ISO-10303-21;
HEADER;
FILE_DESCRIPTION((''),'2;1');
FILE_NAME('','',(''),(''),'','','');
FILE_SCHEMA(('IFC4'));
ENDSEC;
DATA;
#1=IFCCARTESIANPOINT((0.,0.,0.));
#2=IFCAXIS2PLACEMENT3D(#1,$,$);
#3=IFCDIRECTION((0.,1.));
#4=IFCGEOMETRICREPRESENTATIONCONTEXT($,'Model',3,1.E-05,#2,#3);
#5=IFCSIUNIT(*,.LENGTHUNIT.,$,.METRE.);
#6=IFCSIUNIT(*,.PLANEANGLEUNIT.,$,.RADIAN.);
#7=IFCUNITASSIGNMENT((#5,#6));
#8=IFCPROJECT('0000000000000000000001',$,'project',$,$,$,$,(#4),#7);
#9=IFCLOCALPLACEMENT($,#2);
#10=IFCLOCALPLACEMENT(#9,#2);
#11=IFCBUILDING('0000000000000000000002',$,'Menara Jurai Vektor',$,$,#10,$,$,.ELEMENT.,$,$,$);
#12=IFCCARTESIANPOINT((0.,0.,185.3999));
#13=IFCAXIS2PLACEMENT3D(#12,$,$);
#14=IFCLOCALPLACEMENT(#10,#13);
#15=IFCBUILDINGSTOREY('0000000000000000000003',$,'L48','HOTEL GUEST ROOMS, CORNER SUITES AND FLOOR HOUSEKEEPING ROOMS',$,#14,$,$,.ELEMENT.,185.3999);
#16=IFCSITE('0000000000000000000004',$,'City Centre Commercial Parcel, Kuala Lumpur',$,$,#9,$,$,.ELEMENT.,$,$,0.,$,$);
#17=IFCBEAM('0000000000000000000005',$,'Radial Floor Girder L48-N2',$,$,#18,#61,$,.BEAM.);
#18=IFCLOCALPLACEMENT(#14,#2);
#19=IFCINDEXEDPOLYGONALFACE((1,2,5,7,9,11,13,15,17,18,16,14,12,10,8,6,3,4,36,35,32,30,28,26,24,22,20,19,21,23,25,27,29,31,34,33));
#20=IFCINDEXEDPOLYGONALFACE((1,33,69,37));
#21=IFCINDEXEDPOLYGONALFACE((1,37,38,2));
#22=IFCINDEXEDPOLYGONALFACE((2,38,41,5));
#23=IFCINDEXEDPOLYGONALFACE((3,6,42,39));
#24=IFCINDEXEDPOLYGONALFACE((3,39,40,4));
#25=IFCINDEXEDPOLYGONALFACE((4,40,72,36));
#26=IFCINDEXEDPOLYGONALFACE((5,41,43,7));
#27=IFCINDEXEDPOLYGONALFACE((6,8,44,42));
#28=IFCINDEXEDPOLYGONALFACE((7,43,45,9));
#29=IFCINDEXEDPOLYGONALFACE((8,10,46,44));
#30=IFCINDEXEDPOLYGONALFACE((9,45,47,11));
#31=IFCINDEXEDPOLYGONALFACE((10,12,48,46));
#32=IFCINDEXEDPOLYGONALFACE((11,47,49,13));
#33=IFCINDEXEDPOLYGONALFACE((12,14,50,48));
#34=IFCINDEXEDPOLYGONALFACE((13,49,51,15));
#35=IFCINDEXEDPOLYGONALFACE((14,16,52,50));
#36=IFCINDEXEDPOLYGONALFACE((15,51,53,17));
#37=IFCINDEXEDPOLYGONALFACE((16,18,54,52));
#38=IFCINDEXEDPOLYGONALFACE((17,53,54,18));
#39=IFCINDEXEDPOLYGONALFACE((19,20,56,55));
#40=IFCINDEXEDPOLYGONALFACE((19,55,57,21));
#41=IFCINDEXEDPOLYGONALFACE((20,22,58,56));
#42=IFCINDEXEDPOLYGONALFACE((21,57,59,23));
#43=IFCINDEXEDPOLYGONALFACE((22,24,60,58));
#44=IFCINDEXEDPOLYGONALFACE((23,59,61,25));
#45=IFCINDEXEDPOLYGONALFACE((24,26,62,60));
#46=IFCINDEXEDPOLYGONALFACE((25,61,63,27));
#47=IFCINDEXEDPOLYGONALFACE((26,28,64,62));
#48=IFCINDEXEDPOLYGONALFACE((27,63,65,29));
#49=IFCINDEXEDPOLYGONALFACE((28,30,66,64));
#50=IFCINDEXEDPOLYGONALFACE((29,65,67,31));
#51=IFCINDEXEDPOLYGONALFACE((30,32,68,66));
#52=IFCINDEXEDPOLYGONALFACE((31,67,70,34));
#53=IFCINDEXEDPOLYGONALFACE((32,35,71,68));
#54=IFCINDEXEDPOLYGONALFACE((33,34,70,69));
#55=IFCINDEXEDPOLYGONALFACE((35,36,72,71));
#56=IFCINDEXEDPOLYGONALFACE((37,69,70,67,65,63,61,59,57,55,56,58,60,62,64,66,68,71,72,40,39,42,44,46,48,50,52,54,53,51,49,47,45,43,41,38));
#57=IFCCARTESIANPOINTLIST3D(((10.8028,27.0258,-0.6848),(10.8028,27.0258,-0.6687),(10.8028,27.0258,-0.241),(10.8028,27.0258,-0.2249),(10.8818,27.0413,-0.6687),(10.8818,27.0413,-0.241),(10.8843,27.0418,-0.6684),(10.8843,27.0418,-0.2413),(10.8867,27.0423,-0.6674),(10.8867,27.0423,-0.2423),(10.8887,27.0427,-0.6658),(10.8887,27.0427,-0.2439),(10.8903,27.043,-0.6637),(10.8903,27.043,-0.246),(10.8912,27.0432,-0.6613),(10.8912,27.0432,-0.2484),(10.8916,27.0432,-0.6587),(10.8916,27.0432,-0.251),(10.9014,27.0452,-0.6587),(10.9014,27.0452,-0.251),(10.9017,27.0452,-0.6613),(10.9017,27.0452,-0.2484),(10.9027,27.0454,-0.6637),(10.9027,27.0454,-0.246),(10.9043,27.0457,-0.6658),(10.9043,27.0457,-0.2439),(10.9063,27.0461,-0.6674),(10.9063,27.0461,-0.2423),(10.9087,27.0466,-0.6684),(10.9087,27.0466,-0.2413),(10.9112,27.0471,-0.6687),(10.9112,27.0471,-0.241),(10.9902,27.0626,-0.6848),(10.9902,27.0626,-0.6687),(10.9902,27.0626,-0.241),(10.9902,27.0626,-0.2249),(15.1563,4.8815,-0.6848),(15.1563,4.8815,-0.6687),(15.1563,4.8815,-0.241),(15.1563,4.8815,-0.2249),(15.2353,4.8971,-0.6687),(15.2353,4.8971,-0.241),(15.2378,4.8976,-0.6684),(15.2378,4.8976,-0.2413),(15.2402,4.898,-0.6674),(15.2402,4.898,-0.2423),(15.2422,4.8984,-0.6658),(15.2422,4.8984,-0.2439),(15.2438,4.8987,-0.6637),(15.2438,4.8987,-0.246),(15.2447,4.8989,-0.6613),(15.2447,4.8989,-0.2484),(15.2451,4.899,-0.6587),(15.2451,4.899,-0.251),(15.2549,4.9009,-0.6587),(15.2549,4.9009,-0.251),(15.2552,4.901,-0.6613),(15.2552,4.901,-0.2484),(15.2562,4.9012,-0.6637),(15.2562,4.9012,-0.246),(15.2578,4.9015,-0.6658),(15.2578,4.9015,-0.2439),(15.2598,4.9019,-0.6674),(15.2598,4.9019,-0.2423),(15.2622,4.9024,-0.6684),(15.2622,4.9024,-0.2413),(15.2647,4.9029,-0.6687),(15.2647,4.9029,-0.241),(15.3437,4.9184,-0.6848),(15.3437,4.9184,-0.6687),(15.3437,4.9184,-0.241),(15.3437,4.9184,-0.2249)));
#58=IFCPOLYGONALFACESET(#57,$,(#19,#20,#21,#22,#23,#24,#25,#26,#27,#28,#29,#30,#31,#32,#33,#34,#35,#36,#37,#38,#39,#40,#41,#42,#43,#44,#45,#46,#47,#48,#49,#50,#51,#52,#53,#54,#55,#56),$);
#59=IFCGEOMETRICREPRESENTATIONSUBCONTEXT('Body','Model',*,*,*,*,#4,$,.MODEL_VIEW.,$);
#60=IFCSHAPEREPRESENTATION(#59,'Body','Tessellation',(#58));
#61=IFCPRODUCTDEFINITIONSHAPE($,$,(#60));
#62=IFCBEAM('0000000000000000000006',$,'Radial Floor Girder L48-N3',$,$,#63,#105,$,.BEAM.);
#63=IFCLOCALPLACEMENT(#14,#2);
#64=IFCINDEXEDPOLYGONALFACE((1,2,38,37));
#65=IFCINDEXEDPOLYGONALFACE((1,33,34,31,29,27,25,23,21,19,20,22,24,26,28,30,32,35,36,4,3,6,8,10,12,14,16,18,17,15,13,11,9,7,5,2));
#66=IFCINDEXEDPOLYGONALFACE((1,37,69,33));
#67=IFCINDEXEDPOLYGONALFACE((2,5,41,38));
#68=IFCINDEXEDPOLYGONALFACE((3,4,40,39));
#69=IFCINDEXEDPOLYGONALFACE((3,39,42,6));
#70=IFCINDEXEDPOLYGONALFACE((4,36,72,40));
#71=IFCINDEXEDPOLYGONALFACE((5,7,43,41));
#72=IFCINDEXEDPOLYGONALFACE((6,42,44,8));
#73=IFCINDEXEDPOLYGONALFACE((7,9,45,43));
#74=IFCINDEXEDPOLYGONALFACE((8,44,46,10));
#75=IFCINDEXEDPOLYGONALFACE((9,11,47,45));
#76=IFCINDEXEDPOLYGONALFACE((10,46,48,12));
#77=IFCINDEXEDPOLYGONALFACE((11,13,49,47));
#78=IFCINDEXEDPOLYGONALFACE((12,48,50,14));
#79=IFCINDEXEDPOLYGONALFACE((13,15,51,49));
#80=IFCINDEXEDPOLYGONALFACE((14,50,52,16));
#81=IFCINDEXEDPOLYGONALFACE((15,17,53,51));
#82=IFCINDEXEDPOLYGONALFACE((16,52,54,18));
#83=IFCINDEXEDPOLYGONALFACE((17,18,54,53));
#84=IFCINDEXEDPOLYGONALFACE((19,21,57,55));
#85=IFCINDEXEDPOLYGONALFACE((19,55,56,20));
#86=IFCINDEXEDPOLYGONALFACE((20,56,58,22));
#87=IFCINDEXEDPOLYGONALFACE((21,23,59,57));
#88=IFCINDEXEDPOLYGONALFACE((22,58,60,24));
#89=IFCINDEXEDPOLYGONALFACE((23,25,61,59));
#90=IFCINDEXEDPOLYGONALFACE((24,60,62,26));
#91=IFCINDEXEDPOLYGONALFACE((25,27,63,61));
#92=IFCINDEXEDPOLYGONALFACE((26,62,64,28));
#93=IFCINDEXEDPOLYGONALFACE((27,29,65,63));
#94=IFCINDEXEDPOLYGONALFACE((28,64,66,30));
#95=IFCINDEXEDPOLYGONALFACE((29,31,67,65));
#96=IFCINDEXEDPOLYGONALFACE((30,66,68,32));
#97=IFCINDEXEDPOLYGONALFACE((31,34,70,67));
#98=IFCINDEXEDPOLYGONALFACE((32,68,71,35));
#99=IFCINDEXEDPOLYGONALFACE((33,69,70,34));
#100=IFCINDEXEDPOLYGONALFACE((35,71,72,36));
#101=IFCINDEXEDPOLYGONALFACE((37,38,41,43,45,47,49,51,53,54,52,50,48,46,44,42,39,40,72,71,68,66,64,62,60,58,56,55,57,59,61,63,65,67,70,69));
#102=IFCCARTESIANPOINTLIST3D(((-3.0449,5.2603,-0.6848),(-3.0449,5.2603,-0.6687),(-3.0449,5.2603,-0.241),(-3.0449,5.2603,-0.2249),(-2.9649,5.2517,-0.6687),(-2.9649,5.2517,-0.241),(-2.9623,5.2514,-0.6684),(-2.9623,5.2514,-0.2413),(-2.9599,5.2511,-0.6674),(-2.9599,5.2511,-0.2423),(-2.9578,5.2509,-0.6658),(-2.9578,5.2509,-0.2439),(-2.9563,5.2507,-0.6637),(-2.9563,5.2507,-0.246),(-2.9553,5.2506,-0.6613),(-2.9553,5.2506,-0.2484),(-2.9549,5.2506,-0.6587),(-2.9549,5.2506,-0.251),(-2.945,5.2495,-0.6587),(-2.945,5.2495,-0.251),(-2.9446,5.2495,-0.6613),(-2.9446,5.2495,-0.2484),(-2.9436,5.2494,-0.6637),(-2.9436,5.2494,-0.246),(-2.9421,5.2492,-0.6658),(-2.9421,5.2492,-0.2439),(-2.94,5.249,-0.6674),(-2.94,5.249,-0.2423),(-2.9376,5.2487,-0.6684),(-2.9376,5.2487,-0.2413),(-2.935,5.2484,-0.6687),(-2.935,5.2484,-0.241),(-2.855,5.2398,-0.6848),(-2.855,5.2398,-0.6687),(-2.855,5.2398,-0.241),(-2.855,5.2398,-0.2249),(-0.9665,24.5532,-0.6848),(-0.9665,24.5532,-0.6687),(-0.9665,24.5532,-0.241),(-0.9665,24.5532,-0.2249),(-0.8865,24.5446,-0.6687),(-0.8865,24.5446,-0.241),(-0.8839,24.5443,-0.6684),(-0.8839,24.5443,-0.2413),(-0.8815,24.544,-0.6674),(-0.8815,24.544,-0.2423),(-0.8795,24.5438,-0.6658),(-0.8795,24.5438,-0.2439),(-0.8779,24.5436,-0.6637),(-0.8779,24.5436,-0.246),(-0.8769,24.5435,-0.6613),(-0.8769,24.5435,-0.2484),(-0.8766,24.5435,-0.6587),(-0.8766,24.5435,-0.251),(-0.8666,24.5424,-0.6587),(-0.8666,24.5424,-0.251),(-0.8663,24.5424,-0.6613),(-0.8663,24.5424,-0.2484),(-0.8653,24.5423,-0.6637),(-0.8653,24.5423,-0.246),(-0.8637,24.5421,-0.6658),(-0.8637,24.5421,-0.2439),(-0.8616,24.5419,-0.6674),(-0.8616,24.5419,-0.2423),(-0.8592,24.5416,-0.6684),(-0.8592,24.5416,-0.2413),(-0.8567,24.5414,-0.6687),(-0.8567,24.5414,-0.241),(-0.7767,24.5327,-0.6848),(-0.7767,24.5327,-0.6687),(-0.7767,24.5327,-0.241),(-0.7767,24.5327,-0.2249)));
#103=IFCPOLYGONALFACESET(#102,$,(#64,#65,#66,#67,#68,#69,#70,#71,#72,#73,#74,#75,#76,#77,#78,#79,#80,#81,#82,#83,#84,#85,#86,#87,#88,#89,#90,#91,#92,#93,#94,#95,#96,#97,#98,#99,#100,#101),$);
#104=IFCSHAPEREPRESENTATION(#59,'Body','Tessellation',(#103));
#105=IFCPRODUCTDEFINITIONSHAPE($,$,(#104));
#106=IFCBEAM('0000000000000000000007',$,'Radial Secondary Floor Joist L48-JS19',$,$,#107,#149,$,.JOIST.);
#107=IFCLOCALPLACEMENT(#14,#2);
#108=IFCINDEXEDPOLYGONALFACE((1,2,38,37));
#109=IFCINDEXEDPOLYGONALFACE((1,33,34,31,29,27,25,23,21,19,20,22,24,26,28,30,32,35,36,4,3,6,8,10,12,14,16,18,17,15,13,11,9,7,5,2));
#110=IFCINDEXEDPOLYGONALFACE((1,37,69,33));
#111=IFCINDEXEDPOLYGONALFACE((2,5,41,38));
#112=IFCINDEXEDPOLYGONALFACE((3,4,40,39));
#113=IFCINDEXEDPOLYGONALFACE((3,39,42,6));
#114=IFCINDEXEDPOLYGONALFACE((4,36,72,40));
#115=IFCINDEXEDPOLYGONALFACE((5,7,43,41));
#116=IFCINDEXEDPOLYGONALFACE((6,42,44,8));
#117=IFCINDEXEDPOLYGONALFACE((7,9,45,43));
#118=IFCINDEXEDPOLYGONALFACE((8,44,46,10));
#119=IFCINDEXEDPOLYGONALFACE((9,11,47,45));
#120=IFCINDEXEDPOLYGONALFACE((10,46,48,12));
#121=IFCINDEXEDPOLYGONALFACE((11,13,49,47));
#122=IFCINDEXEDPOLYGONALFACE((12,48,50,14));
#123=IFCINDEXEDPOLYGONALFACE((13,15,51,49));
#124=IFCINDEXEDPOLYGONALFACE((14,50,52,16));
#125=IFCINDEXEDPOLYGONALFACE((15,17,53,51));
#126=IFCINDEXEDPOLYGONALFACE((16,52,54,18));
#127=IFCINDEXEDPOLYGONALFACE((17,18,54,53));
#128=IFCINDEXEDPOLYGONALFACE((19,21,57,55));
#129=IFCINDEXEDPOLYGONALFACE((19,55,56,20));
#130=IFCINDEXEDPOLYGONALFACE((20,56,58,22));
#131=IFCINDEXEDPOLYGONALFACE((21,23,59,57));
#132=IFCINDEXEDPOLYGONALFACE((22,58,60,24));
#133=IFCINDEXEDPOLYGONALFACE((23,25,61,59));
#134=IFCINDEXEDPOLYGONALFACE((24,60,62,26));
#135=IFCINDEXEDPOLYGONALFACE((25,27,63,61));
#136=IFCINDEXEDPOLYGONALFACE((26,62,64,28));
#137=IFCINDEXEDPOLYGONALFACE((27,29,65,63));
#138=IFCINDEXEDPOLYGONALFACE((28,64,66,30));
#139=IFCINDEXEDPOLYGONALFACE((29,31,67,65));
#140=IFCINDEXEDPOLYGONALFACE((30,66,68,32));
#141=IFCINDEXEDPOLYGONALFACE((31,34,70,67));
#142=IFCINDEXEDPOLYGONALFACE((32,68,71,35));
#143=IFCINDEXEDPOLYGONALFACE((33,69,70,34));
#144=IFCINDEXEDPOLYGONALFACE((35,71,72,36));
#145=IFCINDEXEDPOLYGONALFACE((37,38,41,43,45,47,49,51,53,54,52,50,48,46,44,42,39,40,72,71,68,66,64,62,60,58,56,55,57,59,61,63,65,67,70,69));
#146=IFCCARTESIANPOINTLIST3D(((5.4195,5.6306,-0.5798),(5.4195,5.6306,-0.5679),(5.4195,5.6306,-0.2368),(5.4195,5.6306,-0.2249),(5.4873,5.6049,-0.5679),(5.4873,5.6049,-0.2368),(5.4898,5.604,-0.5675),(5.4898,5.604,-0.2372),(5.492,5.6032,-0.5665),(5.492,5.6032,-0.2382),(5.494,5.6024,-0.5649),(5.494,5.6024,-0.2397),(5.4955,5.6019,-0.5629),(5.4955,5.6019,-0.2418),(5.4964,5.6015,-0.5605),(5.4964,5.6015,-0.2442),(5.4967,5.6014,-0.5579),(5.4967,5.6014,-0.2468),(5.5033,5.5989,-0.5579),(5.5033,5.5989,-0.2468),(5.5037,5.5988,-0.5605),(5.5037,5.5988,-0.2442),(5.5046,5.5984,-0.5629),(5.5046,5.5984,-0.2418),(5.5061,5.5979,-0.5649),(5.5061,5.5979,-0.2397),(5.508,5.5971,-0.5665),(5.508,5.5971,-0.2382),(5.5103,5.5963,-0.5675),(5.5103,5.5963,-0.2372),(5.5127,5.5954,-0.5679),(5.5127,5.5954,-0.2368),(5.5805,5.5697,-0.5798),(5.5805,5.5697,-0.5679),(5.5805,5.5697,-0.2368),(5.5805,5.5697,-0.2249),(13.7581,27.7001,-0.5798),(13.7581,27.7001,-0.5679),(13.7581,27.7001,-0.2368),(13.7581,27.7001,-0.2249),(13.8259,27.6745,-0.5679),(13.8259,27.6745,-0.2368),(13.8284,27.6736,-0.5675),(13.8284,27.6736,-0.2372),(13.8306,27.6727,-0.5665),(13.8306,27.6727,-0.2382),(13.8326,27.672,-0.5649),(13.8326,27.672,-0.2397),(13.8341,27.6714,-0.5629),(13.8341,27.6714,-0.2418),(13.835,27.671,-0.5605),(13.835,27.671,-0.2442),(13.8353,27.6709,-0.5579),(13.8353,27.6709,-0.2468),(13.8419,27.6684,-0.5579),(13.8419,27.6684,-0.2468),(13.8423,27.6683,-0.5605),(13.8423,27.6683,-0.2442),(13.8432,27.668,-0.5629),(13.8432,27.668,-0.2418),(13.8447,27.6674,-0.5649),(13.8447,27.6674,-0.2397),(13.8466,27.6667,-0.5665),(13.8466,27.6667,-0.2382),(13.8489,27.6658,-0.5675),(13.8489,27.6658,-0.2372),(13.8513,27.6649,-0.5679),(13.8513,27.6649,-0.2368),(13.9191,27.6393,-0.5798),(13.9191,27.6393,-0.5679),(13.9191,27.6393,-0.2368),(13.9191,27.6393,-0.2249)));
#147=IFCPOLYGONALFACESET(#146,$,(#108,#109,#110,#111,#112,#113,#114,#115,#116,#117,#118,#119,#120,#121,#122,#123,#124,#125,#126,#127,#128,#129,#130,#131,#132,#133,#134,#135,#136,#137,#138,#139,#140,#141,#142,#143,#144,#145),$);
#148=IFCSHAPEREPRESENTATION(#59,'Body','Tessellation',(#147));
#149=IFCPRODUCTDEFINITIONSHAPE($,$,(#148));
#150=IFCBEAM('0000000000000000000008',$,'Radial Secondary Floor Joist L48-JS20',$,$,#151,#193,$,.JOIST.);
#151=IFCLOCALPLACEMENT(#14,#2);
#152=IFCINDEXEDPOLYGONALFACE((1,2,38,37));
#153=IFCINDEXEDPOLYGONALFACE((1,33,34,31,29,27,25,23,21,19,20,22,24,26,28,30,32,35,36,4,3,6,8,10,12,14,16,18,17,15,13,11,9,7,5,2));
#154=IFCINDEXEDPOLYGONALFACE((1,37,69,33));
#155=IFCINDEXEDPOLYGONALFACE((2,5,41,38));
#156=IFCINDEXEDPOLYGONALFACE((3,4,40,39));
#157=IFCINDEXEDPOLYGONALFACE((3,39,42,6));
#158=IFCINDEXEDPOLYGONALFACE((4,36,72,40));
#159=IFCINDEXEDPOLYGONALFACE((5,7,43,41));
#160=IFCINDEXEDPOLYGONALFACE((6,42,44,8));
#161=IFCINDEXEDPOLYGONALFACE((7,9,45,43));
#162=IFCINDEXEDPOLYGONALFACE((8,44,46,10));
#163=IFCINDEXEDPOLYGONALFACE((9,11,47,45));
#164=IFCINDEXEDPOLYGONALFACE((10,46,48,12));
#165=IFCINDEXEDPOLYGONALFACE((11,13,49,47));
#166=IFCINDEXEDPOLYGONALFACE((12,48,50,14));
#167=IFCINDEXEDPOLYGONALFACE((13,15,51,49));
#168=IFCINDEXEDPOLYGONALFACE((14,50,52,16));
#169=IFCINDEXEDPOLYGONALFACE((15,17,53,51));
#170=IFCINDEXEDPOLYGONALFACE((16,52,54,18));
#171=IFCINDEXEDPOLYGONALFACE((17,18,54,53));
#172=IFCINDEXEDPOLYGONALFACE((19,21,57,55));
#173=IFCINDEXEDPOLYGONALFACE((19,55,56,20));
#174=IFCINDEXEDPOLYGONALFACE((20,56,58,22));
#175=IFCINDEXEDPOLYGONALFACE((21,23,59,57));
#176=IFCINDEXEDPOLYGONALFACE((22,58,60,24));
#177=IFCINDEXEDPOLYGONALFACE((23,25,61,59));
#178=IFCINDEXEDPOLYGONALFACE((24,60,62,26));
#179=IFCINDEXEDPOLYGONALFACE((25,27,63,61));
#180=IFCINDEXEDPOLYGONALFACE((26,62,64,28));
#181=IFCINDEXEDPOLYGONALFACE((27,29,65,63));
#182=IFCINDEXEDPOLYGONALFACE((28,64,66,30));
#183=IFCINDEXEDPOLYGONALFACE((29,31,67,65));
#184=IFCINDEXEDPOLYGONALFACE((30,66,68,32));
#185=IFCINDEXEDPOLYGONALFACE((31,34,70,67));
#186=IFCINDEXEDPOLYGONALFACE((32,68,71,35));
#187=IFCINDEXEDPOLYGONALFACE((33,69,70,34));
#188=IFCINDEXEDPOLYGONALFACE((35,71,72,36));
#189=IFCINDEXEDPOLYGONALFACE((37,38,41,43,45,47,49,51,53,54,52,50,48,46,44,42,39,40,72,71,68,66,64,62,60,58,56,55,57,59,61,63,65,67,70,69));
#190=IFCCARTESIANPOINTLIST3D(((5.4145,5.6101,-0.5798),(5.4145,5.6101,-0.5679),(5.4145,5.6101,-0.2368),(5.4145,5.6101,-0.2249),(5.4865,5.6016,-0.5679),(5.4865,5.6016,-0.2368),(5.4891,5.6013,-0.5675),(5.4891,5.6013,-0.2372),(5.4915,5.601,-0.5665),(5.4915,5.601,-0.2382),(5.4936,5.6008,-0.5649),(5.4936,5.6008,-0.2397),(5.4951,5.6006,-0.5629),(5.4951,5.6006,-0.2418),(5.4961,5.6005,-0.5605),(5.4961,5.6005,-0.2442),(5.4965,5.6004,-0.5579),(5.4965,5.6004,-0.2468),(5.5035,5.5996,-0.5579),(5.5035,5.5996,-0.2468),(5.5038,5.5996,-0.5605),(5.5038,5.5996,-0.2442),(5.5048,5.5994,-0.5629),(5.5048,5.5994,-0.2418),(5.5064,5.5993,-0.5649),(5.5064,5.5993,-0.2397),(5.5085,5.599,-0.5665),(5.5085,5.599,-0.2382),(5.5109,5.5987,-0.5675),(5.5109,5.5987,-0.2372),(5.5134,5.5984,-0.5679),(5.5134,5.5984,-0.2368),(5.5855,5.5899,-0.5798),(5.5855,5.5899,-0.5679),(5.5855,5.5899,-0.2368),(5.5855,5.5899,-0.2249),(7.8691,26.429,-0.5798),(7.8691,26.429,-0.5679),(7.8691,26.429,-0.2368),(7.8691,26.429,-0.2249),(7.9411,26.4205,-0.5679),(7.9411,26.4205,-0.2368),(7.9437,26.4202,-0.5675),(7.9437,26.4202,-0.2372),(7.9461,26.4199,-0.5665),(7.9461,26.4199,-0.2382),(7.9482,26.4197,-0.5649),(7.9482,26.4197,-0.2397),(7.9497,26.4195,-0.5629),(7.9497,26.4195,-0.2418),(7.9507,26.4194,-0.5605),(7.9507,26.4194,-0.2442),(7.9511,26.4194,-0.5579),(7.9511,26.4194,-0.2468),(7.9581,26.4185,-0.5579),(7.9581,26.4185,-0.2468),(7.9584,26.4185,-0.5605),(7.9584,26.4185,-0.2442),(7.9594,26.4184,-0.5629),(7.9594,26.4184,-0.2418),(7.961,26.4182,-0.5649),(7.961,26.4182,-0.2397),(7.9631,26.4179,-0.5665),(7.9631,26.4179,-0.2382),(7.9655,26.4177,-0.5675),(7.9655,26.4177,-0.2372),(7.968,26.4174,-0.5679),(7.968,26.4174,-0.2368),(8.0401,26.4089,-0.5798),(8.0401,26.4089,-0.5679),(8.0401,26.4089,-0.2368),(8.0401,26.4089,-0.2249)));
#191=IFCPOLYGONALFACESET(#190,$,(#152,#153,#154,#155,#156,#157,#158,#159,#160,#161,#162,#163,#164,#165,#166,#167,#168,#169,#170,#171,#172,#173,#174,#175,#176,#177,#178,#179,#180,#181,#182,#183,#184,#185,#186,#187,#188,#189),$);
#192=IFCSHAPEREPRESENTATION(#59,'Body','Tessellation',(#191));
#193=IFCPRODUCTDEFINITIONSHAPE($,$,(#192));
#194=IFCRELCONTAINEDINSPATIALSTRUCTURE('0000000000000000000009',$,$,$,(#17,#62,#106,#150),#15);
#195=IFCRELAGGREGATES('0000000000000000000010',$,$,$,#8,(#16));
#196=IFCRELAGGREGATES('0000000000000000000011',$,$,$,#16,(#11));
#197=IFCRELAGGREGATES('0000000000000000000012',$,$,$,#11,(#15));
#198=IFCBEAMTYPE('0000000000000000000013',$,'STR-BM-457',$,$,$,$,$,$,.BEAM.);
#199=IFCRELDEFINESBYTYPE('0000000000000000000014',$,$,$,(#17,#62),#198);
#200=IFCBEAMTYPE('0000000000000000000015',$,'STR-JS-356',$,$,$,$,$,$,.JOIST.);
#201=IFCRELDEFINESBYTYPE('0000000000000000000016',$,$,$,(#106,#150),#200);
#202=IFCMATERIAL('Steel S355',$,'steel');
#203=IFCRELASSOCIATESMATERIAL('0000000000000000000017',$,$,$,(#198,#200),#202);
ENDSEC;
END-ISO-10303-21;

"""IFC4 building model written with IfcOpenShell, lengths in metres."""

from ifc_helpers import new_model, si_unit, direction, frame, origin, origin_2d, place, context, subcontext, project, spatial, i_section, extrude, material, material_profile, profile_set, type_object, element, save


model = new_model("IFC4")

# Units and contexts
model_context = context("Model", 3, precision=1e-05, world=origin(), true_north=direction((0.0, 1.0)))
body_context = subcontext(model_context, "Body", "Model", "MODEL_VIEW")
ifc_project = project(units=[si_unit("LENGTHUNIT", "METRE"), si_unit("PLANEANGLEUNIT", "RADIAN")], contexts=[model_context])

# Site, building, storey
site_placement = place(None, origin())
site = spatial("IfcSite", under=ifc_project, at=site_placement, Name="City Centre Commercial Parcel, Kuala Lumpur", CompositionType="ELEMENT", RefElevation=0.0)
building_placement = place(site_placement, origin())
building = spatial("IfcBuilding", under=site, at=building_placement, Name="Menara Jurai Vektor", CompositionType="ELEMENT")
storey_placement = place(building_placement, frame((0.0, 0.0, 185.3999)))
storey = spatial("IfcBuildingStorey", under=building, at=storey_placement, Name="L48", Description="HOTEL GUEST ROOMS, CORNER SUITES AND FLOOR HOUSEKEEPING ROOMS", CompositionType="ELEMENT", Elevation=185.3999)

# Beams
ifc_material_1 = material(Name="Steel S355", Category="steel")
ifc_material_profile_1 = material_profile(ifc_material_1, i_section(OverallWidth=0.1909, OverallDepth=0.46, WebThickness=0.01, FlangeThickness=0.0161, FilletRadius=0.01, at=origin_2d()), Name="UKB 457x191x82")
ifc_profile_set_1 = profile_set([ifc_material_profile_1], Name="Steel S355")
beam_type_1 = type_object("IfcBeamType", Name="STR-BM-457", PredefinedType="BEAM", material=ifc_profile_set_1)
beam_1_placement = place(storey_placement, frame((10.8965, 27.0442, -0.4548), z_axis=(0.192905, -0.981217, 0.0), x_axis=(0.981217, 0.192905, 0.0)))
element("IfcBeam", 1, at=beam_1_placement, inside=storey, type_object=beam_type_1, Name="Radial Floor Girder L48-N2", PredefinedType="BEAM", context=body_context, shape_type="SweptSolid", body=[
    extrude(i_section(OverallWidth=0.1909, OverallDepth=0.46, WebThickness=0.01, FlangeThickness=0.0161, FilletRadius=0.01, at=origin_2d()), origin(), (0.0, 0.0, 1.0), 22.5681),
])
beam_2_placement = place(storey_placement, frame((-0.8716, 24.543, -0.4548), z_axis=(-0.107107, -0.994247, 0.0), x_axis=(0.994247, -0.107107, 0.0)))
element("IfcBeam", 2, at=beam_2_placement, inside=storey, type_object=beam_type_1, Name="Radial Floor Girder L48-N3", PredefinedType="BEAM", context=body_context, shape_type="SweptSolid", body=[
    extrude(i_section(OverallWidth=0.1909, OverallDepth=0.46, WebThickness=0.01, FlangeThickness=0.0161, FilletRadius=0.01, at=origin_2d()), origin(), (0.0, 0.0, 1.0), 19.4045),
])
ifc_material_profile_2 = material_profile(ifc_material_1, i_section(OverallWidth=0.1721, OverallDepth=0.355, WebThickness=0.0071, FlangeThickness=0.012, FilletRadius=0.01, at=origin_2d()), Name="UKB 356x171x51")
ifc_profile_set_2 = profile_set([ifc_material_profile_2], Name="Steel S355")
beam_type_2 = type_object("IfcBeamType", Name="STR-JS-356", PredefinedType="JOIST", material=ifc_profile_set_2)
beam_3_placement = place(storey_placement, frame((13.8386, 27.6697, -0.4023), z_axis=(-0.353446, -0.935455, 0.0), x_axis=(0.935455, -0.353446, 0.0)))
element("IfcBeam", 3, at=beam_3_placement, inside=storey, type_object=beam_type_2, Name="Radial Secondary Floor Joist L48-JS19", PredefinedType="JOIST", context=body_context, shape_type="SweptSolid", body=[
    extrude(i_section(OverallWidth=0.1721, OverallDepth=0.355, WebThickness=0.0071, FlangeThickness=0.012, FilletRadius=0.01, at=origin_2d()), origin(), (0.0, 0.0, 1.0), 23.5923),
])
beam_4_placement = place(storey_placement, frame((7.9546, 26.4189, -0.4023), z_axis=(-0.117091, -0.993121, 0.0), x_axis=(0.993121, -0.117091, 0.0)))
element("IfcBeam", 4, at=beam_4_placement, inside=storey, type_object=beam_type_2, Name="Radial Secondary Floor Joist L48-JS20", PredefinedType="JOIST", context=body_context, shape_type="SweptSolid", body=[
    extrude(i_section(OverallWidth=0.1721, OverallDepth=0.355, WebThickness=0.0071, FlangeThickness=0.012, FilletRadius=0.01, at=origin_2d()), origin(), (0.0, 0.0, 1.0), 20.9631),
])

save(model, "model.ifc")
